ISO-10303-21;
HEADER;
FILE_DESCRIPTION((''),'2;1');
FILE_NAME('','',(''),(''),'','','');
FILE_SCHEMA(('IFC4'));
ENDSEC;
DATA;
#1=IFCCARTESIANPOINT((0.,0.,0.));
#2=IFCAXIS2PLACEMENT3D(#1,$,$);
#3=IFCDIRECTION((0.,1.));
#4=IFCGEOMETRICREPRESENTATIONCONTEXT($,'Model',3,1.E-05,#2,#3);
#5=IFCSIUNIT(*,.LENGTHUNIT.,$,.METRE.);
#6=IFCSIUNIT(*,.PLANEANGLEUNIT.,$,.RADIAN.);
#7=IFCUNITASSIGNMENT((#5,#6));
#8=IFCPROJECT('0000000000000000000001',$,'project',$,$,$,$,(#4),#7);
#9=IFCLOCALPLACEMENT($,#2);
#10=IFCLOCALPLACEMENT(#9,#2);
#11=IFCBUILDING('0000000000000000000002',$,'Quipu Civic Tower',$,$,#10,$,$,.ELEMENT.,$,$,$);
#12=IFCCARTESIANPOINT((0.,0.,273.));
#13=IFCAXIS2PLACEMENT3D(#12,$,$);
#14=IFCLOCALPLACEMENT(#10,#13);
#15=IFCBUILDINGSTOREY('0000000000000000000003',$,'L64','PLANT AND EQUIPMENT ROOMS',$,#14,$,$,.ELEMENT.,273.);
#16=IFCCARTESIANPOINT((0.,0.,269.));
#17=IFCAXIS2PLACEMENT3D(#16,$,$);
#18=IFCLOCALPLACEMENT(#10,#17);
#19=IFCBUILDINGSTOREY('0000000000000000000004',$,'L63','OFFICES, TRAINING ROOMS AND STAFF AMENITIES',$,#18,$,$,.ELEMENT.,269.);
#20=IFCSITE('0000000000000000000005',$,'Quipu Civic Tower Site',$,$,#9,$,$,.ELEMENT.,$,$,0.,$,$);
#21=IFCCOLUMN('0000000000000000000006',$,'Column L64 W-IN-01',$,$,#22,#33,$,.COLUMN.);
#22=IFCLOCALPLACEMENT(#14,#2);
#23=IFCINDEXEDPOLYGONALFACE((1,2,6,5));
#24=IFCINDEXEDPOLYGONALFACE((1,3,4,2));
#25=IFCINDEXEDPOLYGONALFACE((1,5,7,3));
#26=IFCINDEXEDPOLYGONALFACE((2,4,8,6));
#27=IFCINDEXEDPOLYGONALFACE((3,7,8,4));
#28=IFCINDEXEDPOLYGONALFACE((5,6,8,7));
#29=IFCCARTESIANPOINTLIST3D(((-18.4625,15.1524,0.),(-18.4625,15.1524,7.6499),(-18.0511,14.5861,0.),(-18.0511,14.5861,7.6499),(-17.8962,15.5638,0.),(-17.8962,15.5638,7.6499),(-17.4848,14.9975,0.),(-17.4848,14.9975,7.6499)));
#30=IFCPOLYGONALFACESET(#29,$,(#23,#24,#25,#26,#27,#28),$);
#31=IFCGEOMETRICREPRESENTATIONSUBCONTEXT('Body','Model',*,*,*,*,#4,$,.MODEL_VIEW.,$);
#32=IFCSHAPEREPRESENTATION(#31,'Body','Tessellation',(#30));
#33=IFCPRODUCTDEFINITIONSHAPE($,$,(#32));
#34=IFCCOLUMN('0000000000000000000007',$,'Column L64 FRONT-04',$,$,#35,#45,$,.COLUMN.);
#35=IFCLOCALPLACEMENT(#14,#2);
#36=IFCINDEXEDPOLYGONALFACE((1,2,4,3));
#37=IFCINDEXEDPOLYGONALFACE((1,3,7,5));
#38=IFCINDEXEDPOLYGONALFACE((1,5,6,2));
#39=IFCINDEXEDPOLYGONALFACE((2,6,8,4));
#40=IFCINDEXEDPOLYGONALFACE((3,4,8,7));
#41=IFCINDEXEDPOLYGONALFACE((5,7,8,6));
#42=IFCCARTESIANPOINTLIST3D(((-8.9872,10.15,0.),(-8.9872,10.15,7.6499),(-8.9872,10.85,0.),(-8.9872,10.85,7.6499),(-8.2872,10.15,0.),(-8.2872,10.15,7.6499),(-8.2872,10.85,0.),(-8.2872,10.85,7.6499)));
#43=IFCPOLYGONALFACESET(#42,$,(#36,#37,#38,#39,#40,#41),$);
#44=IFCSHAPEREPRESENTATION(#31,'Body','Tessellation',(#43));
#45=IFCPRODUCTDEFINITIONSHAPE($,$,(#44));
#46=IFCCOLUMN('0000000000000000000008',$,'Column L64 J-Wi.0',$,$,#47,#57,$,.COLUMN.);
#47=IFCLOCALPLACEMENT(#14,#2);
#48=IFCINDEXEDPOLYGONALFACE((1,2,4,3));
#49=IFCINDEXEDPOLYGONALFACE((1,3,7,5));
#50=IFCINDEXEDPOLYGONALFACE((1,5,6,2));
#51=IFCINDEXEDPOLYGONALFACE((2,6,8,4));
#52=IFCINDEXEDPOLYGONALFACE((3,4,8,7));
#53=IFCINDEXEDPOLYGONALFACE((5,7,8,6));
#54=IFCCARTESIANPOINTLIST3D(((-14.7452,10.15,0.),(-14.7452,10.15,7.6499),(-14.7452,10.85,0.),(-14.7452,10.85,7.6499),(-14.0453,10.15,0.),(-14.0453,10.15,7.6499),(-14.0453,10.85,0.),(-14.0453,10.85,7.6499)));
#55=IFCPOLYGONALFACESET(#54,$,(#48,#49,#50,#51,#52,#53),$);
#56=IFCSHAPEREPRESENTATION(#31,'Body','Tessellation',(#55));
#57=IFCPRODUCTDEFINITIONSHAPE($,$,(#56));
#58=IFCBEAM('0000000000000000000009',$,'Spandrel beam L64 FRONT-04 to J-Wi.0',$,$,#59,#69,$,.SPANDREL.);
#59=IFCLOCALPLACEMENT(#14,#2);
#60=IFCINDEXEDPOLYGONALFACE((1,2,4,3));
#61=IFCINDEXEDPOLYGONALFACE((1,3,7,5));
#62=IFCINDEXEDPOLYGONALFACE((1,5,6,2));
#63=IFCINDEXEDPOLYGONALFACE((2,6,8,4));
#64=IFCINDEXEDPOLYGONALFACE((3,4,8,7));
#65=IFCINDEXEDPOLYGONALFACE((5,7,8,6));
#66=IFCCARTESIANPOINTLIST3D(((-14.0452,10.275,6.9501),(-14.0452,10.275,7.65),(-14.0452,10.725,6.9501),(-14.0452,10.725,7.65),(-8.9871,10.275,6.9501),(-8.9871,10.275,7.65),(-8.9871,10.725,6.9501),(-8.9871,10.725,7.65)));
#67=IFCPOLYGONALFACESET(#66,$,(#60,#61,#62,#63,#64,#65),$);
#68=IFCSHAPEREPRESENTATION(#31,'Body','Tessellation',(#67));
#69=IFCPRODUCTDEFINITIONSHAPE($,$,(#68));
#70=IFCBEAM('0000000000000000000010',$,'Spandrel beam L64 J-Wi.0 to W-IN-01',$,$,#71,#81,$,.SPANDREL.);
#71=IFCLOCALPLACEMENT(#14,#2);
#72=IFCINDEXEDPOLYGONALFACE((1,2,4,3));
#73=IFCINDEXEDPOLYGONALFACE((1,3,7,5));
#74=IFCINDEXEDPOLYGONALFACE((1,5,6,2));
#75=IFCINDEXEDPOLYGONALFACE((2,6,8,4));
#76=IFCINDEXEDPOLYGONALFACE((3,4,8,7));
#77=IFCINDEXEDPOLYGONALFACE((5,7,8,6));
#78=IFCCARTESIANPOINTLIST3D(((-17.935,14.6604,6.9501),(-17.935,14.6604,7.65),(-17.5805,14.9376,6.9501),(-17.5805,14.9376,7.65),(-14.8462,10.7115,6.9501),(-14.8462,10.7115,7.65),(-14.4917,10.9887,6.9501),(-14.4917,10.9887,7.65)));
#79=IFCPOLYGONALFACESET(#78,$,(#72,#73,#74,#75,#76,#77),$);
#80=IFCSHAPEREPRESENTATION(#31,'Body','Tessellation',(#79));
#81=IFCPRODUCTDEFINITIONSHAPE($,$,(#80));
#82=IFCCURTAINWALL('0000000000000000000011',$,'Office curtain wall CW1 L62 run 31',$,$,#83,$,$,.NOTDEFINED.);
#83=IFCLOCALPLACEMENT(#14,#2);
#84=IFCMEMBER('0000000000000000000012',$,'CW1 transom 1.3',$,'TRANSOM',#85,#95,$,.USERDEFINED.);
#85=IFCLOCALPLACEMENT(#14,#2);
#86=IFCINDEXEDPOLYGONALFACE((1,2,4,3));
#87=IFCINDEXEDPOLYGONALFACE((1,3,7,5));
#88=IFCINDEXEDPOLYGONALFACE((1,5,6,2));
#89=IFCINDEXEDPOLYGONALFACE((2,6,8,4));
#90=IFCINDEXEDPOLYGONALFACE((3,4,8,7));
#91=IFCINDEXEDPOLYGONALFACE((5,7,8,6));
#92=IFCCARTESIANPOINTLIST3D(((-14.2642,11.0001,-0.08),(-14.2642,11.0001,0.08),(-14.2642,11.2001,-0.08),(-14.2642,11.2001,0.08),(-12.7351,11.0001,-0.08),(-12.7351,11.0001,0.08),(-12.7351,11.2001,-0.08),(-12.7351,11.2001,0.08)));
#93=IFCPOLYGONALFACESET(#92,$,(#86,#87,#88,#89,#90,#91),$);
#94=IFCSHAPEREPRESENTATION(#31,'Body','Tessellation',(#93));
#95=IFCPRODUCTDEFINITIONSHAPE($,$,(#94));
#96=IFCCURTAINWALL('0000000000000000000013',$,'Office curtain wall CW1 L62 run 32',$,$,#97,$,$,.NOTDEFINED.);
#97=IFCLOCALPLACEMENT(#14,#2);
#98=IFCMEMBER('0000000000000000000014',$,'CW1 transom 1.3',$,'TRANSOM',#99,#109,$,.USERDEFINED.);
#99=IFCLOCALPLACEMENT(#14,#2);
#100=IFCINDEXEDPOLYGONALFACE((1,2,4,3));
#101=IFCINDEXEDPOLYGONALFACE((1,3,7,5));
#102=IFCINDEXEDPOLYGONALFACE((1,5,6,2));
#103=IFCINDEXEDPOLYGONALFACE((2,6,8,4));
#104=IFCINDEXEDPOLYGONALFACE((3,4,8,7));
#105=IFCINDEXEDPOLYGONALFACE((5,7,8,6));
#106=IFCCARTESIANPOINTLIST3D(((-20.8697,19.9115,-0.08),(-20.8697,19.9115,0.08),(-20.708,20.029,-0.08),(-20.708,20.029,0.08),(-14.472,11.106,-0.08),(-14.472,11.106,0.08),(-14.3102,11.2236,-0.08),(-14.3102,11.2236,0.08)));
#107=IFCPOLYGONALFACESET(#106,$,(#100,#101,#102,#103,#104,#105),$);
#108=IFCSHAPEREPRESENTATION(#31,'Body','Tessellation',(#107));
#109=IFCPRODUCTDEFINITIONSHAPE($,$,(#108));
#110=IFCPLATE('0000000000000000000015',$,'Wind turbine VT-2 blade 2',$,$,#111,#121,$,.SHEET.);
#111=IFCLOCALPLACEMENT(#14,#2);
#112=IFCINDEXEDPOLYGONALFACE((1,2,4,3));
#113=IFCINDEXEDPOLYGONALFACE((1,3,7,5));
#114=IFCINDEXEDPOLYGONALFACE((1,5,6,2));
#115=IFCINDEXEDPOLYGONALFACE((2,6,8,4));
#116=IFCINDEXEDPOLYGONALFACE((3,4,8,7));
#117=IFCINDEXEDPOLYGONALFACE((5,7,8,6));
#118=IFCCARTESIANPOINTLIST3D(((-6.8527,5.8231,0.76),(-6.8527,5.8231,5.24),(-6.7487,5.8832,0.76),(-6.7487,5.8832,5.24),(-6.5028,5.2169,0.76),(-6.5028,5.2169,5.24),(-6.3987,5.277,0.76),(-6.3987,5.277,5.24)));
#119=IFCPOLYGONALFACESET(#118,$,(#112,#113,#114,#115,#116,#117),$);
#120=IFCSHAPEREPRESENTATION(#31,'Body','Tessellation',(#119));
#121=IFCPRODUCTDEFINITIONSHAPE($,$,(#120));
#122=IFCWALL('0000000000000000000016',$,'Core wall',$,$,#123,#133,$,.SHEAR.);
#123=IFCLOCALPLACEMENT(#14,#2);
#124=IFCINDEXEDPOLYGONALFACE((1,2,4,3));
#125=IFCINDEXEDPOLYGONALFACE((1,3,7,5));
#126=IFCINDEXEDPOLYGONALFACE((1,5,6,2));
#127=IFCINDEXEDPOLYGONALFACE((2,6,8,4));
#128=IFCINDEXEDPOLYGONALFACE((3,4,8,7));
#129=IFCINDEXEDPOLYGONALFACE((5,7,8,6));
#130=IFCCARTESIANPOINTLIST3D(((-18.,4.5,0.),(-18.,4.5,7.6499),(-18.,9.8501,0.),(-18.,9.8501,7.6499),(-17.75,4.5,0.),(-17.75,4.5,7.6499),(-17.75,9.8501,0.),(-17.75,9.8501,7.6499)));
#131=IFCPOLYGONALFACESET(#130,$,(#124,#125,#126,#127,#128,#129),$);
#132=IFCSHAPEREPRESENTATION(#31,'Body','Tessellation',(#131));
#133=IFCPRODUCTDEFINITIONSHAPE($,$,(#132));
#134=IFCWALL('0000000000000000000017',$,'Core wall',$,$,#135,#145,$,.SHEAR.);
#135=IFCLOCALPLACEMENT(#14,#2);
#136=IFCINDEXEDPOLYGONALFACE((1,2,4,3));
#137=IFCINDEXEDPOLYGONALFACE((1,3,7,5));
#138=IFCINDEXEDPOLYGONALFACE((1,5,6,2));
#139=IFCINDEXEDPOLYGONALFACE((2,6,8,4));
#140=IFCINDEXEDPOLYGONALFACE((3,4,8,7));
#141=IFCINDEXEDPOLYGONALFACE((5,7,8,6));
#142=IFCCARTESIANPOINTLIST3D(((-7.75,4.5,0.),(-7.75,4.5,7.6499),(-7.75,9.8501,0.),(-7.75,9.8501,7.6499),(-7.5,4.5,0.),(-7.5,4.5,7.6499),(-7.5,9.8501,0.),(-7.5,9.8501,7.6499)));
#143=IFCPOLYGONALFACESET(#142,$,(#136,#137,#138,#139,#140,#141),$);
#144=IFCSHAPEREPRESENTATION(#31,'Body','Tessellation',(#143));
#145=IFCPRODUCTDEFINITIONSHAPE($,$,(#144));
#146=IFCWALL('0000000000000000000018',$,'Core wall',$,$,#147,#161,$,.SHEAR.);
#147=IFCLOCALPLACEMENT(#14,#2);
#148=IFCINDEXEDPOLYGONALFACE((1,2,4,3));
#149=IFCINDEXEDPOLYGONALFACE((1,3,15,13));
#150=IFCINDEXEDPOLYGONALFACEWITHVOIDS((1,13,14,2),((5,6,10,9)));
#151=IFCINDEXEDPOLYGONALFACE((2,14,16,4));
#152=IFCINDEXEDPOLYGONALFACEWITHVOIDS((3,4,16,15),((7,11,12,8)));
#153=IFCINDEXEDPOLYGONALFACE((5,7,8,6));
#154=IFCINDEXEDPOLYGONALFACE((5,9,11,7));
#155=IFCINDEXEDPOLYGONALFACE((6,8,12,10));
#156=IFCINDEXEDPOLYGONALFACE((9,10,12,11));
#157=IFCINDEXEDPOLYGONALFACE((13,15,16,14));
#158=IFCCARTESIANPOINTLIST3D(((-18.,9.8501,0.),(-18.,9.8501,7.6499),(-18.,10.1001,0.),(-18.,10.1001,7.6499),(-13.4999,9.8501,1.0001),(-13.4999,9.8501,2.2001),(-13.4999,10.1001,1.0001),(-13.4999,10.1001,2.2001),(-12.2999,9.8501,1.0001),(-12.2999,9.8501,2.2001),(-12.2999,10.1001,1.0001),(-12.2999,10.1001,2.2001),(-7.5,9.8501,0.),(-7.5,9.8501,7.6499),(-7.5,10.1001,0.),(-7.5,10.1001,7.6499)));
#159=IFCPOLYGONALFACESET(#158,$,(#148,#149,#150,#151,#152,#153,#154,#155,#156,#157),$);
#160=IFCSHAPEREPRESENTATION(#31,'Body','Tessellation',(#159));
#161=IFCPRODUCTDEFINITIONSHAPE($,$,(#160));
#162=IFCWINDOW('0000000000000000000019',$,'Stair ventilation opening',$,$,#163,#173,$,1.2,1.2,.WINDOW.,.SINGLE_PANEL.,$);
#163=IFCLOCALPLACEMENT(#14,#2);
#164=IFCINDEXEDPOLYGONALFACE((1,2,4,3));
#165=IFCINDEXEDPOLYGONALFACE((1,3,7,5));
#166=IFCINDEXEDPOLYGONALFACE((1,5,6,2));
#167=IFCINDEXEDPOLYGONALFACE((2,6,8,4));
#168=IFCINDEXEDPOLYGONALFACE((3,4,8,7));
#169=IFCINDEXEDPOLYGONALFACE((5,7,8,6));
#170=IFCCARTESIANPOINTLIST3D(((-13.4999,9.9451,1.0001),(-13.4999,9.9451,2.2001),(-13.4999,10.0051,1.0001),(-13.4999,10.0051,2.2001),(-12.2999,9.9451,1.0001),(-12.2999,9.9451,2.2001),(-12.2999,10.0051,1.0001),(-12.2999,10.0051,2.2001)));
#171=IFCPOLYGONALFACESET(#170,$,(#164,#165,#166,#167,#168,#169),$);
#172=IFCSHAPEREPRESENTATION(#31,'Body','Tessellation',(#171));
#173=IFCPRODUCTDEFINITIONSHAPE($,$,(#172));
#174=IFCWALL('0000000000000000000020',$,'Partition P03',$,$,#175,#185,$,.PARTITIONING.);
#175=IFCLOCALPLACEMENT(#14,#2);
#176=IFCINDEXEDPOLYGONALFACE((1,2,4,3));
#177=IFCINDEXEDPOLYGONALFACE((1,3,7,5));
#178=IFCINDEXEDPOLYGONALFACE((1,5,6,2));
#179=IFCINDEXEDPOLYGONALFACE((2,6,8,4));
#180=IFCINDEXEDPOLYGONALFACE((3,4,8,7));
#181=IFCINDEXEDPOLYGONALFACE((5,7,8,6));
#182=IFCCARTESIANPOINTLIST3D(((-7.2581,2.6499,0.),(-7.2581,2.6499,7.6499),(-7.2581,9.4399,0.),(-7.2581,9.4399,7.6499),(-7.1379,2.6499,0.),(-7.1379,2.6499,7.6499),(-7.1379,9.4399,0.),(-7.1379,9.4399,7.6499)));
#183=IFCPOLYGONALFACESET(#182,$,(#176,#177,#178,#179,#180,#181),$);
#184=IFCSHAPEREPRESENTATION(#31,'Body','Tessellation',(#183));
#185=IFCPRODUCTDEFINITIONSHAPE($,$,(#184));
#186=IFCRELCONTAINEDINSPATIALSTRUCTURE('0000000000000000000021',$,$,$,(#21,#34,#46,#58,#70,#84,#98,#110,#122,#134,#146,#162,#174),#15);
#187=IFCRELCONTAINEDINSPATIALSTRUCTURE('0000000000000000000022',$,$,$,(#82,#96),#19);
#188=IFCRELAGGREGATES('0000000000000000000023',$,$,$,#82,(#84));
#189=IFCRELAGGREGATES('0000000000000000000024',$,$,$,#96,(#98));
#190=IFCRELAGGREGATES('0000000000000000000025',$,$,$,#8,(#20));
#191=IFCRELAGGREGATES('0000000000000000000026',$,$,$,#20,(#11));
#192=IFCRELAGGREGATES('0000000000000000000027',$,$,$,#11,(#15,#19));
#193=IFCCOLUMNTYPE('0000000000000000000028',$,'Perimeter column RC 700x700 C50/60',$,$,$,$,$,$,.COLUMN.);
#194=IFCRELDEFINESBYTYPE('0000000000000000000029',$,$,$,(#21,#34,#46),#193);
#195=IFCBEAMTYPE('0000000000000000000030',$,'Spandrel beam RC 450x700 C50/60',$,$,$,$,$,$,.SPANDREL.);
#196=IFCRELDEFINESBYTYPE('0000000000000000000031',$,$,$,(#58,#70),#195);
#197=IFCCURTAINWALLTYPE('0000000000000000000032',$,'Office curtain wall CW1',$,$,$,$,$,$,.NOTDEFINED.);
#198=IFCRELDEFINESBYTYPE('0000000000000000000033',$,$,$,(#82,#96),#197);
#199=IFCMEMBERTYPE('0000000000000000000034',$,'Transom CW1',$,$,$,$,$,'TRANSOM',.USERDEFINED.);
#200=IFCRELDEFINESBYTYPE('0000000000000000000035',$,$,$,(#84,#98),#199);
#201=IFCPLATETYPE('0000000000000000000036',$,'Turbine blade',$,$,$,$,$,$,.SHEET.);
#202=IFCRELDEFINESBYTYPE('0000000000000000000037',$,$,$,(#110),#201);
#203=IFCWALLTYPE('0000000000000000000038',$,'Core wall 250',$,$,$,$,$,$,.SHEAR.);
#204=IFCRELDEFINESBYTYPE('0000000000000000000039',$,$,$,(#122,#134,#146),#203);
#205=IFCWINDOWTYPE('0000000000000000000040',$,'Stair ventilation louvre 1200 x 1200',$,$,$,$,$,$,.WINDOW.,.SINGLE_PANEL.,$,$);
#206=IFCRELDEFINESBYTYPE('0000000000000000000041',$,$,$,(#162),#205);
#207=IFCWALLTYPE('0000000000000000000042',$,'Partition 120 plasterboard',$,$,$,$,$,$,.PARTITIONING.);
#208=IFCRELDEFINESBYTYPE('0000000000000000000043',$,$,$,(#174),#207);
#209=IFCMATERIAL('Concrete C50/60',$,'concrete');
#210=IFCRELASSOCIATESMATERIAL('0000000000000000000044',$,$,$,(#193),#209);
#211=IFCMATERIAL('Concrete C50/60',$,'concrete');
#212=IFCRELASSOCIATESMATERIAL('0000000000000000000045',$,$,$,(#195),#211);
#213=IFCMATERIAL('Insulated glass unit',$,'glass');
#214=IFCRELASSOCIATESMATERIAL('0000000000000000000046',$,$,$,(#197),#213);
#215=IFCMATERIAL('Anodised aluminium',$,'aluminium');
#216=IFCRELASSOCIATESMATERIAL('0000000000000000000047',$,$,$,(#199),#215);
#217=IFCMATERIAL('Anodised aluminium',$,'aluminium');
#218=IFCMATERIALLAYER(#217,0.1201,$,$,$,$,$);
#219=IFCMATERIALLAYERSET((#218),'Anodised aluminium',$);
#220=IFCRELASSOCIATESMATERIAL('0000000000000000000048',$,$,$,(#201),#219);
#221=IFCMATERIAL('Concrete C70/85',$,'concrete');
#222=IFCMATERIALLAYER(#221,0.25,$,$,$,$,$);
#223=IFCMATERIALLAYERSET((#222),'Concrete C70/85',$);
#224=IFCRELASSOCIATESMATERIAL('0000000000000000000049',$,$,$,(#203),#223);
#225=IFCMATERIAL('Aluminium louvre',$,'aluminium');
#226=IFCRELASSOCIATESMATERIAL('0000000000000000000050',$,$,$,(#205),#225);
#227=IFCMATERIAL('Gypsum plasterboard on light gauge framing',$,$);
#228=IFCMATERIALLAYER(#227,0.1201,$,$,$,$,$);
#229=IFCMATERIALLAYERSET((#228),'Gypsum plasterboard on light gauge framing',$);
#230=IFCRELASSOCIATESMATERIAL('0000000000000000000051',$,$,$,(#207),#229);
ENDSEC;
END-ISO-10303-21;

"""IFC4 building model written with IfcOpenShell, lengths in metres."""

from ifc_helpers import new_model, si_unit, direction, frame, frame_2d, origin, origin_2d, place, context, subcontext, project, spatial, rectangle, extrude, material, layer, layer_set, material_profile, profile_set, type_object, element, fill, aggregate, save


model = new_model("IFC4")

# Units and contexts
model_context = context("Model", 3, precision=1e-05, world=origin(), true_north=direction((0.0, 1.0)))
body_context = subcontext(model_context, "Body", "Model", "MODEL_VIEW")
ifc_project = project(units=[si_unit("LENGTHUNIT", "METRE"), si_unit("PLANEANGLEUNIT", "RADIAN")], contexts=[model_context])

# Site, building, storey
site_placement = place(None, origin())
site = spatial("IfcSite", under=ifc_project, at=site_placement, Name="Quipu Civic Tower Site", CompositionType="ELEMENT", RefElevation=0.0)
building_placement = place(site_placement, origin())
building = spatial("IfcBuilding", under=site, at=building_placement, Name="Quipu Civic Tower", CompositionType="ELEMENT")
storey_1_placement = place(building_placement, frame((0.0, 0.0, 273.0)))
storey_1 = spatial("IfcBuildingStorey", under=building, at=storey_1_placement, Name="L64", Description="PLANT AND EQUIPMENT ROOMS", CompositionType="ELEMENT", Elevation=273.0)

# Columns
ifc_material_1 = material(Name="Concrete C50/60", Category="concrete")
ifc_material_profile_1 = material_profile(ifc_material_1, rectangle(XDim=0.7, YDim=0.7, at=origin_2d()), Name="RC700x700")
ifc_profile_set_1 = profile_set([ifc_material_profile_1], Name="Concrete C50/60")
column_type = type_object("IfcColumnType", Name="Perimeter column RC 700x700 C50/60", PredefinedType="COLUMN", material=ifc_profile_set_1)
for number, where, z_axis, x_axis, name in (
    (1, (-17.9736, 15.075, 0.0), (0.0, 0.0, 1.0), (-0.587785, 0.809017, 0.0), "Column L64 W-IN-01"),
    (2, (-8.6372, 10.5, 0.0), (0.0, 0.0, 1.0), (-1.0, 0.0, 0.0), "Column L64 FRONT-04"),
    (3, (-14.3953, 10.5, 0.0), (0.0, 0.0, 1.0), (-1.0, 0.0, 0.0), "Column L64 J-Wi.0"),
):
    element("IfcColumn", number, at=place(storey_1_placement, frame(where, z_axis=z_axis, x_axis=x_axis)), inside=storey_1, type_object=column_type, Name=name, PredefinedType="COLUMN", context=body_context, shape_type="SweptSolid", body=[
        extrude(rectangle(XDim=0.7, YDim=0.7, at=origin_2d()), origin(), (0.0, 0.0, 1.0), 7.6499),
    ])

# Beams
ifc_material_2 = material(Name="Concrete C50/60", Category="concrete")
ifc_material_profile_2 = material_profile(ifc_material_2, rectangle(XDim=0.45, YDim=0.7, at=origin_2d()), Name="RC450x700")
ifc_profile_set_2 = profile_set([ifc_material_profile_2], Name="Concrete C50/60")
beam_type = type_object("IfcBeamType", Name="Spandrel beam RC 450x700 C50/60", PredefinedType="SPANDREL", material=ifc_profile_set_2)
beam_1_placement = place(storey_1_placement, frame((-8.9871, 10.5, 7.3), z_axis=(-1.0, 0.0, 0.0), x_axis=(0.0, -1.0, 0.0)))
element("IfcBeam", 4, at=beam_1_placement, inside=storey_1, type_object=beam_type, Name="Spandrel beam L64 FRONT-04 to J-Wi.0", PredefinedType="SPANDREL", context=body_context, shape_type="SweptSolid", body=[
    extrude(rectangle(XDim=0.45, YDim=0.7, at=origin_2d()), origin(), (0.0, 0.0, 1.0), 5.0581),
])
beam_2_placement = place(storey_1_placement, frame((-14.6689, 10.8501, 7.3), z_axis=(-0.616106, 0.787663, 0.0), x_axis=(-0.787663, -0.616106, 0.0)))
element("IfcBeam", 5, at=beam_2_placement, inside=storey_1, type_object=beam_type, Name="Spandrel beam L64 J-Wi.0 to W-IN-01", PredefinedType="SPANDREL", context=body_context, shape_type="SweptSolid", body=[
    extrude(rectangle(XDim=0.45, YDim=0.7, at=origin_2d()), origin(), (0.0, 0.0, 1.0), 5.0134),
])

# Shared definitions
storey_2_placement = place(building_placement, frame((0.0, 0.0, 269.0)))
storey_2 = spatial("IfcBuildingStorey", under=building, at=storey_2_placement, Name="L63", Description="OFFICES, TRAINING ROOMS AND STAFF AMENITIES", CompositionType="ELEMENT", Elevation=269.0)

# Curtain walls, members
ifc_material_3 = material(Name="Insulated glass unit", Category="glass")
curtain_wall_type = type_object("IfcCurtainWallType", Name="Office curtain wall CW1", PredefinedType="NOTDEFINED", material=ifc_material_3)
curtain_wall_1_placement = place(storey_2_placement, origin())
curtain_wall_1 = element("IfcCurtainWall", 6, at=curtain_wall_1_placement, inside=storey_2, type_object=curtain_wall_type, Name="Office curtain wall CW1 L62 run 31", PredefinedType="NOTDEFINED")
ifc_material_4 = material(Name="Anodised aluminium", Category="aluminium")
ifc_material_profile_3 = material_profile(ifc_material_4, rectangle(XDim=0.2, YDim=0.1599, at=origin_2d()), Name="RECT 200x160")
ifc_profile_set_3 = profile_set([ifc_material_profile_3], Name="Anodised aluminium")
member_type = type_object("IfcMemberType", Name="Transom CW1", ElementType="TRANSOM", PredefinedType="USERDEFINED", material=ifc_profile_set_3)
member_1_placement = place(storey_1_placement, frame((-12.7351, 11.1001, 0.0), z_axis=(-1.0, 0.0, 0.0), x_axis=(0.0, -1.0, 0.0)))
member_1 = element("IfcMember", 7, at=member_1_placement, inside=storey_1, type_object=member_type, Name="CW1 transom 1.3", ObjectType="TRANSOM", PredefinedType="USERDEFINED", context=body_context, shape_type="SweptSolid", body=[
    extrude(rectangle(XDim=0.2, YDim=0.1599, at=origin_2d()), origin(), (0.0, 0.0, 1.0), 1.5291),
])
aggregate(curtain_wall_1, [member_1])
curtain_wall_2_placement = place(storey_2_placement, origin())
curtain_wall_2 = element("IfcCurtainWall", 8, at=curtain_wall_2_placement, inside=storey_2, type_object=curtain_wall_type, Name="Office curtain wall CW1 L62 run 32", PredefinedType="NOTDEFINED")
member_2_placement = place(storey_1_placement, frame((-14.3911, 11.1648, 0.0), z_axis=(-0.587797, 0.809009, 0.0), x_axis=(-0.809009, -0.587797, 0.0)))
member_2 = element("IfcMember", 9, at=member_2_placement, inside=storey_1, type_object=member_type, Name="CW1 transom 1.3", ObjectType="TRANSOM", PredefinedType="USERDEFINED", context=body_context, shape_type="SweptSolid", body=[
    extrude(rectangle(XDim=0.2, YDim=0.1599, at=origin_2d()), origin(), (0.0, 0.0, 1.0), 10.8843),
])
aggregate(curtain_wall_2, [member_2])

# Plate
ifc_material_5 = material(Name="Anodised aluminium", Category="aluminium")
ifc_layer_1 = layer(ifc_material_5, 0.1201)
ifc_layer_set_1 = layer_set([ifc_layer_1], Name="Anodised aluminium")
plate_type = type_object("IfcPlateType", Name="Turbine blade", PredefinedType="SHEET", material=ifc_layer_set_1)
plate_placement = place(storey_1_placement, frame((-6.6257, 5.55, 0.76), z_axis=(0.0, 0.0, 1.0), x_axis=(0.5, -0.866025, 0.0)))
element("IfcPlate", 10, at=plate_placement, inside=storey_1, type_object=plate_type, Name="Wind turbine VT-2 blade 2", PredefinedType="SHEET", context=body_context, shape_type="SweptSolid", body=[
    extrude(rectangle(XDim=0.7, YDim=0.1201, at=origin_2d()), origin(), (0.0, 0.0, 1.0), 4.48),
])

# Walls
ifc_material_6 = material(Name="Concrete C70/85", Category="concrete")
ifc_layer_2 = layer(ifc_material_6, 0.25)
ifc_layer_set_2 = layer_set([ifc_layer_2], Name="Concrete C70/85")
wall_type_1 = type_object("IfcWallType", Name="Core wall 250", PredefinedType="SHEAR", material=ifc_layer_set_2)
for number, where, z_axis, x_axis, name in (
    (11, (-17.875, 4.5, 0.0), (0.0, 0.0, 1.0), (0.0, 1.0, 0.0), "Core wall"),
    (12, (-7.625, 4.5, 0.0), (0.0, 0.0, 1.0), (0.0, 1.0, 0.0), "Core wall"),
):
    element("IfcWall", number, at=place(storey_1_placement, frame(where, z_axis=z_axis, x_axis=x_axis)), inside=storey_1, type_object=wall_type_1, Name=name, PredefinedType="SHEAR", context=body_context, shape_type="SweptSolid", body=[
        extrude(rectangle(XDim=5.3501, YDim=0.25, at=frame_2d((2.675, 0.0))), origin(), (0.0, 0.0, 1.0), 7.6499),
    ])

# Wall, opening, window
wall_1_placement = place(storey_1_placement, frame((-18.0, 9.9751, 0.0), z_axis=(0.0, 0.0, 1.0), x_axis=(1.0, 0.0, 0.0)))
wall_1 = element("IfcWall", 13, at=wall_1_placement, inside=storey_1, type_object=wall_type_1, Name="Core wall", PredefinedType="SHEAR", context=body_context, shape_type="SweptSolid", body=[
    extrude(rectangle(XDim=10.5, YDim=0.25, at=frame_2d((5.25, 0.0))), origin(), (0.0, 0.0, 1.0), 7.6499),
])
opening_placement = place(wall_1_placement, frame((4.5, 0.0, 1.0)))
opening = element("IfcOpeningElement", 14, at=opening_placement, cuts=wall_1, PredefinedType="OPENING", context=body_context, shape_type="SweptSolid", body=[
    extrude(rectangle(XDim=1.2, YDim=1.2, at=frame_2d((0.6001, 0.6001))), frame((0.0, 0.135, 0.0), z_axis=(0.0, -1.0, 0.0), x_axis=(1.0, 0.0, 0.0)), (0.0, 0.0, 1.0), 0.27),
])
ifc_material_7 = material(Name="Aluminium louvre", Category="aluminium")
window_type = type_object("IfcWindowType", Name="Stair ventilation louvre 1200 x 1200", PartitioningType="SINGLE_PANEL", PredefinedType="WINDOW", material=ifc_material_7)
window_placement = place(opening_placement, origin())
window = element("IfcWindow", 15, at=window_placement, inside=storey_1, type_object=window_type, Name="Stair ventilation opening", OverallHeight=1.2, OverallWidth=1.2, PartitioningType="SINGLE_PANEL", PredefinedType="WINDOW", context=body_context, shape_type="SweptSolid", body=[
    extrude(rectangle(XDim=1.2, YDim=1.2, at=frame_2d((0.6001, 0.6001))), frame((0.0, 0.03, 0.0), z_axis=(0.0, -1.0, 0.0), x_axis=(1.0, 0.0, 0.0)), (0.0, 0.0, 1.0), 0.0601),
])
fill(opening, window)

# Wall
ifc_material_8 = material(Name="Gypsum plasterboard on light gauge framing")
ifc_layer_3 = layer(ifc_material_8, 0.1201)
ifc_layer_set_3 = layer_set([ifc_layer_3], Name="Gypsum plasterboard on light gauge framing")
wall_type_2 = type_object("IfcWallType", Name="Partition 120 plasterboard", PredefinedType="PARTITIONING", material=ifc_layer_set_3)
wall_2_placement = place(storey_1_placement, frame((-7.198, 9.4399, 0.0), z_axis=(0.0, 0.0, 1.0), x_axis=(0.0, -1.0, 0.0)))
element("IfcWall", 16, at=wall_2_placement, inside=storey_1, type_object=wall_type_2, Name="Partition P03", PredefinedType="PARTITIONING", context=body_context, shape_type="SweptSolid", body=[
    extrude(rectangle(XDim=6.79, YDim=0.1201, at=frame_2d((3.395, 0.0))), origin(), (0.0, 0.0, 1.0), 7.6499),
])

save(model, "model.ifc")
